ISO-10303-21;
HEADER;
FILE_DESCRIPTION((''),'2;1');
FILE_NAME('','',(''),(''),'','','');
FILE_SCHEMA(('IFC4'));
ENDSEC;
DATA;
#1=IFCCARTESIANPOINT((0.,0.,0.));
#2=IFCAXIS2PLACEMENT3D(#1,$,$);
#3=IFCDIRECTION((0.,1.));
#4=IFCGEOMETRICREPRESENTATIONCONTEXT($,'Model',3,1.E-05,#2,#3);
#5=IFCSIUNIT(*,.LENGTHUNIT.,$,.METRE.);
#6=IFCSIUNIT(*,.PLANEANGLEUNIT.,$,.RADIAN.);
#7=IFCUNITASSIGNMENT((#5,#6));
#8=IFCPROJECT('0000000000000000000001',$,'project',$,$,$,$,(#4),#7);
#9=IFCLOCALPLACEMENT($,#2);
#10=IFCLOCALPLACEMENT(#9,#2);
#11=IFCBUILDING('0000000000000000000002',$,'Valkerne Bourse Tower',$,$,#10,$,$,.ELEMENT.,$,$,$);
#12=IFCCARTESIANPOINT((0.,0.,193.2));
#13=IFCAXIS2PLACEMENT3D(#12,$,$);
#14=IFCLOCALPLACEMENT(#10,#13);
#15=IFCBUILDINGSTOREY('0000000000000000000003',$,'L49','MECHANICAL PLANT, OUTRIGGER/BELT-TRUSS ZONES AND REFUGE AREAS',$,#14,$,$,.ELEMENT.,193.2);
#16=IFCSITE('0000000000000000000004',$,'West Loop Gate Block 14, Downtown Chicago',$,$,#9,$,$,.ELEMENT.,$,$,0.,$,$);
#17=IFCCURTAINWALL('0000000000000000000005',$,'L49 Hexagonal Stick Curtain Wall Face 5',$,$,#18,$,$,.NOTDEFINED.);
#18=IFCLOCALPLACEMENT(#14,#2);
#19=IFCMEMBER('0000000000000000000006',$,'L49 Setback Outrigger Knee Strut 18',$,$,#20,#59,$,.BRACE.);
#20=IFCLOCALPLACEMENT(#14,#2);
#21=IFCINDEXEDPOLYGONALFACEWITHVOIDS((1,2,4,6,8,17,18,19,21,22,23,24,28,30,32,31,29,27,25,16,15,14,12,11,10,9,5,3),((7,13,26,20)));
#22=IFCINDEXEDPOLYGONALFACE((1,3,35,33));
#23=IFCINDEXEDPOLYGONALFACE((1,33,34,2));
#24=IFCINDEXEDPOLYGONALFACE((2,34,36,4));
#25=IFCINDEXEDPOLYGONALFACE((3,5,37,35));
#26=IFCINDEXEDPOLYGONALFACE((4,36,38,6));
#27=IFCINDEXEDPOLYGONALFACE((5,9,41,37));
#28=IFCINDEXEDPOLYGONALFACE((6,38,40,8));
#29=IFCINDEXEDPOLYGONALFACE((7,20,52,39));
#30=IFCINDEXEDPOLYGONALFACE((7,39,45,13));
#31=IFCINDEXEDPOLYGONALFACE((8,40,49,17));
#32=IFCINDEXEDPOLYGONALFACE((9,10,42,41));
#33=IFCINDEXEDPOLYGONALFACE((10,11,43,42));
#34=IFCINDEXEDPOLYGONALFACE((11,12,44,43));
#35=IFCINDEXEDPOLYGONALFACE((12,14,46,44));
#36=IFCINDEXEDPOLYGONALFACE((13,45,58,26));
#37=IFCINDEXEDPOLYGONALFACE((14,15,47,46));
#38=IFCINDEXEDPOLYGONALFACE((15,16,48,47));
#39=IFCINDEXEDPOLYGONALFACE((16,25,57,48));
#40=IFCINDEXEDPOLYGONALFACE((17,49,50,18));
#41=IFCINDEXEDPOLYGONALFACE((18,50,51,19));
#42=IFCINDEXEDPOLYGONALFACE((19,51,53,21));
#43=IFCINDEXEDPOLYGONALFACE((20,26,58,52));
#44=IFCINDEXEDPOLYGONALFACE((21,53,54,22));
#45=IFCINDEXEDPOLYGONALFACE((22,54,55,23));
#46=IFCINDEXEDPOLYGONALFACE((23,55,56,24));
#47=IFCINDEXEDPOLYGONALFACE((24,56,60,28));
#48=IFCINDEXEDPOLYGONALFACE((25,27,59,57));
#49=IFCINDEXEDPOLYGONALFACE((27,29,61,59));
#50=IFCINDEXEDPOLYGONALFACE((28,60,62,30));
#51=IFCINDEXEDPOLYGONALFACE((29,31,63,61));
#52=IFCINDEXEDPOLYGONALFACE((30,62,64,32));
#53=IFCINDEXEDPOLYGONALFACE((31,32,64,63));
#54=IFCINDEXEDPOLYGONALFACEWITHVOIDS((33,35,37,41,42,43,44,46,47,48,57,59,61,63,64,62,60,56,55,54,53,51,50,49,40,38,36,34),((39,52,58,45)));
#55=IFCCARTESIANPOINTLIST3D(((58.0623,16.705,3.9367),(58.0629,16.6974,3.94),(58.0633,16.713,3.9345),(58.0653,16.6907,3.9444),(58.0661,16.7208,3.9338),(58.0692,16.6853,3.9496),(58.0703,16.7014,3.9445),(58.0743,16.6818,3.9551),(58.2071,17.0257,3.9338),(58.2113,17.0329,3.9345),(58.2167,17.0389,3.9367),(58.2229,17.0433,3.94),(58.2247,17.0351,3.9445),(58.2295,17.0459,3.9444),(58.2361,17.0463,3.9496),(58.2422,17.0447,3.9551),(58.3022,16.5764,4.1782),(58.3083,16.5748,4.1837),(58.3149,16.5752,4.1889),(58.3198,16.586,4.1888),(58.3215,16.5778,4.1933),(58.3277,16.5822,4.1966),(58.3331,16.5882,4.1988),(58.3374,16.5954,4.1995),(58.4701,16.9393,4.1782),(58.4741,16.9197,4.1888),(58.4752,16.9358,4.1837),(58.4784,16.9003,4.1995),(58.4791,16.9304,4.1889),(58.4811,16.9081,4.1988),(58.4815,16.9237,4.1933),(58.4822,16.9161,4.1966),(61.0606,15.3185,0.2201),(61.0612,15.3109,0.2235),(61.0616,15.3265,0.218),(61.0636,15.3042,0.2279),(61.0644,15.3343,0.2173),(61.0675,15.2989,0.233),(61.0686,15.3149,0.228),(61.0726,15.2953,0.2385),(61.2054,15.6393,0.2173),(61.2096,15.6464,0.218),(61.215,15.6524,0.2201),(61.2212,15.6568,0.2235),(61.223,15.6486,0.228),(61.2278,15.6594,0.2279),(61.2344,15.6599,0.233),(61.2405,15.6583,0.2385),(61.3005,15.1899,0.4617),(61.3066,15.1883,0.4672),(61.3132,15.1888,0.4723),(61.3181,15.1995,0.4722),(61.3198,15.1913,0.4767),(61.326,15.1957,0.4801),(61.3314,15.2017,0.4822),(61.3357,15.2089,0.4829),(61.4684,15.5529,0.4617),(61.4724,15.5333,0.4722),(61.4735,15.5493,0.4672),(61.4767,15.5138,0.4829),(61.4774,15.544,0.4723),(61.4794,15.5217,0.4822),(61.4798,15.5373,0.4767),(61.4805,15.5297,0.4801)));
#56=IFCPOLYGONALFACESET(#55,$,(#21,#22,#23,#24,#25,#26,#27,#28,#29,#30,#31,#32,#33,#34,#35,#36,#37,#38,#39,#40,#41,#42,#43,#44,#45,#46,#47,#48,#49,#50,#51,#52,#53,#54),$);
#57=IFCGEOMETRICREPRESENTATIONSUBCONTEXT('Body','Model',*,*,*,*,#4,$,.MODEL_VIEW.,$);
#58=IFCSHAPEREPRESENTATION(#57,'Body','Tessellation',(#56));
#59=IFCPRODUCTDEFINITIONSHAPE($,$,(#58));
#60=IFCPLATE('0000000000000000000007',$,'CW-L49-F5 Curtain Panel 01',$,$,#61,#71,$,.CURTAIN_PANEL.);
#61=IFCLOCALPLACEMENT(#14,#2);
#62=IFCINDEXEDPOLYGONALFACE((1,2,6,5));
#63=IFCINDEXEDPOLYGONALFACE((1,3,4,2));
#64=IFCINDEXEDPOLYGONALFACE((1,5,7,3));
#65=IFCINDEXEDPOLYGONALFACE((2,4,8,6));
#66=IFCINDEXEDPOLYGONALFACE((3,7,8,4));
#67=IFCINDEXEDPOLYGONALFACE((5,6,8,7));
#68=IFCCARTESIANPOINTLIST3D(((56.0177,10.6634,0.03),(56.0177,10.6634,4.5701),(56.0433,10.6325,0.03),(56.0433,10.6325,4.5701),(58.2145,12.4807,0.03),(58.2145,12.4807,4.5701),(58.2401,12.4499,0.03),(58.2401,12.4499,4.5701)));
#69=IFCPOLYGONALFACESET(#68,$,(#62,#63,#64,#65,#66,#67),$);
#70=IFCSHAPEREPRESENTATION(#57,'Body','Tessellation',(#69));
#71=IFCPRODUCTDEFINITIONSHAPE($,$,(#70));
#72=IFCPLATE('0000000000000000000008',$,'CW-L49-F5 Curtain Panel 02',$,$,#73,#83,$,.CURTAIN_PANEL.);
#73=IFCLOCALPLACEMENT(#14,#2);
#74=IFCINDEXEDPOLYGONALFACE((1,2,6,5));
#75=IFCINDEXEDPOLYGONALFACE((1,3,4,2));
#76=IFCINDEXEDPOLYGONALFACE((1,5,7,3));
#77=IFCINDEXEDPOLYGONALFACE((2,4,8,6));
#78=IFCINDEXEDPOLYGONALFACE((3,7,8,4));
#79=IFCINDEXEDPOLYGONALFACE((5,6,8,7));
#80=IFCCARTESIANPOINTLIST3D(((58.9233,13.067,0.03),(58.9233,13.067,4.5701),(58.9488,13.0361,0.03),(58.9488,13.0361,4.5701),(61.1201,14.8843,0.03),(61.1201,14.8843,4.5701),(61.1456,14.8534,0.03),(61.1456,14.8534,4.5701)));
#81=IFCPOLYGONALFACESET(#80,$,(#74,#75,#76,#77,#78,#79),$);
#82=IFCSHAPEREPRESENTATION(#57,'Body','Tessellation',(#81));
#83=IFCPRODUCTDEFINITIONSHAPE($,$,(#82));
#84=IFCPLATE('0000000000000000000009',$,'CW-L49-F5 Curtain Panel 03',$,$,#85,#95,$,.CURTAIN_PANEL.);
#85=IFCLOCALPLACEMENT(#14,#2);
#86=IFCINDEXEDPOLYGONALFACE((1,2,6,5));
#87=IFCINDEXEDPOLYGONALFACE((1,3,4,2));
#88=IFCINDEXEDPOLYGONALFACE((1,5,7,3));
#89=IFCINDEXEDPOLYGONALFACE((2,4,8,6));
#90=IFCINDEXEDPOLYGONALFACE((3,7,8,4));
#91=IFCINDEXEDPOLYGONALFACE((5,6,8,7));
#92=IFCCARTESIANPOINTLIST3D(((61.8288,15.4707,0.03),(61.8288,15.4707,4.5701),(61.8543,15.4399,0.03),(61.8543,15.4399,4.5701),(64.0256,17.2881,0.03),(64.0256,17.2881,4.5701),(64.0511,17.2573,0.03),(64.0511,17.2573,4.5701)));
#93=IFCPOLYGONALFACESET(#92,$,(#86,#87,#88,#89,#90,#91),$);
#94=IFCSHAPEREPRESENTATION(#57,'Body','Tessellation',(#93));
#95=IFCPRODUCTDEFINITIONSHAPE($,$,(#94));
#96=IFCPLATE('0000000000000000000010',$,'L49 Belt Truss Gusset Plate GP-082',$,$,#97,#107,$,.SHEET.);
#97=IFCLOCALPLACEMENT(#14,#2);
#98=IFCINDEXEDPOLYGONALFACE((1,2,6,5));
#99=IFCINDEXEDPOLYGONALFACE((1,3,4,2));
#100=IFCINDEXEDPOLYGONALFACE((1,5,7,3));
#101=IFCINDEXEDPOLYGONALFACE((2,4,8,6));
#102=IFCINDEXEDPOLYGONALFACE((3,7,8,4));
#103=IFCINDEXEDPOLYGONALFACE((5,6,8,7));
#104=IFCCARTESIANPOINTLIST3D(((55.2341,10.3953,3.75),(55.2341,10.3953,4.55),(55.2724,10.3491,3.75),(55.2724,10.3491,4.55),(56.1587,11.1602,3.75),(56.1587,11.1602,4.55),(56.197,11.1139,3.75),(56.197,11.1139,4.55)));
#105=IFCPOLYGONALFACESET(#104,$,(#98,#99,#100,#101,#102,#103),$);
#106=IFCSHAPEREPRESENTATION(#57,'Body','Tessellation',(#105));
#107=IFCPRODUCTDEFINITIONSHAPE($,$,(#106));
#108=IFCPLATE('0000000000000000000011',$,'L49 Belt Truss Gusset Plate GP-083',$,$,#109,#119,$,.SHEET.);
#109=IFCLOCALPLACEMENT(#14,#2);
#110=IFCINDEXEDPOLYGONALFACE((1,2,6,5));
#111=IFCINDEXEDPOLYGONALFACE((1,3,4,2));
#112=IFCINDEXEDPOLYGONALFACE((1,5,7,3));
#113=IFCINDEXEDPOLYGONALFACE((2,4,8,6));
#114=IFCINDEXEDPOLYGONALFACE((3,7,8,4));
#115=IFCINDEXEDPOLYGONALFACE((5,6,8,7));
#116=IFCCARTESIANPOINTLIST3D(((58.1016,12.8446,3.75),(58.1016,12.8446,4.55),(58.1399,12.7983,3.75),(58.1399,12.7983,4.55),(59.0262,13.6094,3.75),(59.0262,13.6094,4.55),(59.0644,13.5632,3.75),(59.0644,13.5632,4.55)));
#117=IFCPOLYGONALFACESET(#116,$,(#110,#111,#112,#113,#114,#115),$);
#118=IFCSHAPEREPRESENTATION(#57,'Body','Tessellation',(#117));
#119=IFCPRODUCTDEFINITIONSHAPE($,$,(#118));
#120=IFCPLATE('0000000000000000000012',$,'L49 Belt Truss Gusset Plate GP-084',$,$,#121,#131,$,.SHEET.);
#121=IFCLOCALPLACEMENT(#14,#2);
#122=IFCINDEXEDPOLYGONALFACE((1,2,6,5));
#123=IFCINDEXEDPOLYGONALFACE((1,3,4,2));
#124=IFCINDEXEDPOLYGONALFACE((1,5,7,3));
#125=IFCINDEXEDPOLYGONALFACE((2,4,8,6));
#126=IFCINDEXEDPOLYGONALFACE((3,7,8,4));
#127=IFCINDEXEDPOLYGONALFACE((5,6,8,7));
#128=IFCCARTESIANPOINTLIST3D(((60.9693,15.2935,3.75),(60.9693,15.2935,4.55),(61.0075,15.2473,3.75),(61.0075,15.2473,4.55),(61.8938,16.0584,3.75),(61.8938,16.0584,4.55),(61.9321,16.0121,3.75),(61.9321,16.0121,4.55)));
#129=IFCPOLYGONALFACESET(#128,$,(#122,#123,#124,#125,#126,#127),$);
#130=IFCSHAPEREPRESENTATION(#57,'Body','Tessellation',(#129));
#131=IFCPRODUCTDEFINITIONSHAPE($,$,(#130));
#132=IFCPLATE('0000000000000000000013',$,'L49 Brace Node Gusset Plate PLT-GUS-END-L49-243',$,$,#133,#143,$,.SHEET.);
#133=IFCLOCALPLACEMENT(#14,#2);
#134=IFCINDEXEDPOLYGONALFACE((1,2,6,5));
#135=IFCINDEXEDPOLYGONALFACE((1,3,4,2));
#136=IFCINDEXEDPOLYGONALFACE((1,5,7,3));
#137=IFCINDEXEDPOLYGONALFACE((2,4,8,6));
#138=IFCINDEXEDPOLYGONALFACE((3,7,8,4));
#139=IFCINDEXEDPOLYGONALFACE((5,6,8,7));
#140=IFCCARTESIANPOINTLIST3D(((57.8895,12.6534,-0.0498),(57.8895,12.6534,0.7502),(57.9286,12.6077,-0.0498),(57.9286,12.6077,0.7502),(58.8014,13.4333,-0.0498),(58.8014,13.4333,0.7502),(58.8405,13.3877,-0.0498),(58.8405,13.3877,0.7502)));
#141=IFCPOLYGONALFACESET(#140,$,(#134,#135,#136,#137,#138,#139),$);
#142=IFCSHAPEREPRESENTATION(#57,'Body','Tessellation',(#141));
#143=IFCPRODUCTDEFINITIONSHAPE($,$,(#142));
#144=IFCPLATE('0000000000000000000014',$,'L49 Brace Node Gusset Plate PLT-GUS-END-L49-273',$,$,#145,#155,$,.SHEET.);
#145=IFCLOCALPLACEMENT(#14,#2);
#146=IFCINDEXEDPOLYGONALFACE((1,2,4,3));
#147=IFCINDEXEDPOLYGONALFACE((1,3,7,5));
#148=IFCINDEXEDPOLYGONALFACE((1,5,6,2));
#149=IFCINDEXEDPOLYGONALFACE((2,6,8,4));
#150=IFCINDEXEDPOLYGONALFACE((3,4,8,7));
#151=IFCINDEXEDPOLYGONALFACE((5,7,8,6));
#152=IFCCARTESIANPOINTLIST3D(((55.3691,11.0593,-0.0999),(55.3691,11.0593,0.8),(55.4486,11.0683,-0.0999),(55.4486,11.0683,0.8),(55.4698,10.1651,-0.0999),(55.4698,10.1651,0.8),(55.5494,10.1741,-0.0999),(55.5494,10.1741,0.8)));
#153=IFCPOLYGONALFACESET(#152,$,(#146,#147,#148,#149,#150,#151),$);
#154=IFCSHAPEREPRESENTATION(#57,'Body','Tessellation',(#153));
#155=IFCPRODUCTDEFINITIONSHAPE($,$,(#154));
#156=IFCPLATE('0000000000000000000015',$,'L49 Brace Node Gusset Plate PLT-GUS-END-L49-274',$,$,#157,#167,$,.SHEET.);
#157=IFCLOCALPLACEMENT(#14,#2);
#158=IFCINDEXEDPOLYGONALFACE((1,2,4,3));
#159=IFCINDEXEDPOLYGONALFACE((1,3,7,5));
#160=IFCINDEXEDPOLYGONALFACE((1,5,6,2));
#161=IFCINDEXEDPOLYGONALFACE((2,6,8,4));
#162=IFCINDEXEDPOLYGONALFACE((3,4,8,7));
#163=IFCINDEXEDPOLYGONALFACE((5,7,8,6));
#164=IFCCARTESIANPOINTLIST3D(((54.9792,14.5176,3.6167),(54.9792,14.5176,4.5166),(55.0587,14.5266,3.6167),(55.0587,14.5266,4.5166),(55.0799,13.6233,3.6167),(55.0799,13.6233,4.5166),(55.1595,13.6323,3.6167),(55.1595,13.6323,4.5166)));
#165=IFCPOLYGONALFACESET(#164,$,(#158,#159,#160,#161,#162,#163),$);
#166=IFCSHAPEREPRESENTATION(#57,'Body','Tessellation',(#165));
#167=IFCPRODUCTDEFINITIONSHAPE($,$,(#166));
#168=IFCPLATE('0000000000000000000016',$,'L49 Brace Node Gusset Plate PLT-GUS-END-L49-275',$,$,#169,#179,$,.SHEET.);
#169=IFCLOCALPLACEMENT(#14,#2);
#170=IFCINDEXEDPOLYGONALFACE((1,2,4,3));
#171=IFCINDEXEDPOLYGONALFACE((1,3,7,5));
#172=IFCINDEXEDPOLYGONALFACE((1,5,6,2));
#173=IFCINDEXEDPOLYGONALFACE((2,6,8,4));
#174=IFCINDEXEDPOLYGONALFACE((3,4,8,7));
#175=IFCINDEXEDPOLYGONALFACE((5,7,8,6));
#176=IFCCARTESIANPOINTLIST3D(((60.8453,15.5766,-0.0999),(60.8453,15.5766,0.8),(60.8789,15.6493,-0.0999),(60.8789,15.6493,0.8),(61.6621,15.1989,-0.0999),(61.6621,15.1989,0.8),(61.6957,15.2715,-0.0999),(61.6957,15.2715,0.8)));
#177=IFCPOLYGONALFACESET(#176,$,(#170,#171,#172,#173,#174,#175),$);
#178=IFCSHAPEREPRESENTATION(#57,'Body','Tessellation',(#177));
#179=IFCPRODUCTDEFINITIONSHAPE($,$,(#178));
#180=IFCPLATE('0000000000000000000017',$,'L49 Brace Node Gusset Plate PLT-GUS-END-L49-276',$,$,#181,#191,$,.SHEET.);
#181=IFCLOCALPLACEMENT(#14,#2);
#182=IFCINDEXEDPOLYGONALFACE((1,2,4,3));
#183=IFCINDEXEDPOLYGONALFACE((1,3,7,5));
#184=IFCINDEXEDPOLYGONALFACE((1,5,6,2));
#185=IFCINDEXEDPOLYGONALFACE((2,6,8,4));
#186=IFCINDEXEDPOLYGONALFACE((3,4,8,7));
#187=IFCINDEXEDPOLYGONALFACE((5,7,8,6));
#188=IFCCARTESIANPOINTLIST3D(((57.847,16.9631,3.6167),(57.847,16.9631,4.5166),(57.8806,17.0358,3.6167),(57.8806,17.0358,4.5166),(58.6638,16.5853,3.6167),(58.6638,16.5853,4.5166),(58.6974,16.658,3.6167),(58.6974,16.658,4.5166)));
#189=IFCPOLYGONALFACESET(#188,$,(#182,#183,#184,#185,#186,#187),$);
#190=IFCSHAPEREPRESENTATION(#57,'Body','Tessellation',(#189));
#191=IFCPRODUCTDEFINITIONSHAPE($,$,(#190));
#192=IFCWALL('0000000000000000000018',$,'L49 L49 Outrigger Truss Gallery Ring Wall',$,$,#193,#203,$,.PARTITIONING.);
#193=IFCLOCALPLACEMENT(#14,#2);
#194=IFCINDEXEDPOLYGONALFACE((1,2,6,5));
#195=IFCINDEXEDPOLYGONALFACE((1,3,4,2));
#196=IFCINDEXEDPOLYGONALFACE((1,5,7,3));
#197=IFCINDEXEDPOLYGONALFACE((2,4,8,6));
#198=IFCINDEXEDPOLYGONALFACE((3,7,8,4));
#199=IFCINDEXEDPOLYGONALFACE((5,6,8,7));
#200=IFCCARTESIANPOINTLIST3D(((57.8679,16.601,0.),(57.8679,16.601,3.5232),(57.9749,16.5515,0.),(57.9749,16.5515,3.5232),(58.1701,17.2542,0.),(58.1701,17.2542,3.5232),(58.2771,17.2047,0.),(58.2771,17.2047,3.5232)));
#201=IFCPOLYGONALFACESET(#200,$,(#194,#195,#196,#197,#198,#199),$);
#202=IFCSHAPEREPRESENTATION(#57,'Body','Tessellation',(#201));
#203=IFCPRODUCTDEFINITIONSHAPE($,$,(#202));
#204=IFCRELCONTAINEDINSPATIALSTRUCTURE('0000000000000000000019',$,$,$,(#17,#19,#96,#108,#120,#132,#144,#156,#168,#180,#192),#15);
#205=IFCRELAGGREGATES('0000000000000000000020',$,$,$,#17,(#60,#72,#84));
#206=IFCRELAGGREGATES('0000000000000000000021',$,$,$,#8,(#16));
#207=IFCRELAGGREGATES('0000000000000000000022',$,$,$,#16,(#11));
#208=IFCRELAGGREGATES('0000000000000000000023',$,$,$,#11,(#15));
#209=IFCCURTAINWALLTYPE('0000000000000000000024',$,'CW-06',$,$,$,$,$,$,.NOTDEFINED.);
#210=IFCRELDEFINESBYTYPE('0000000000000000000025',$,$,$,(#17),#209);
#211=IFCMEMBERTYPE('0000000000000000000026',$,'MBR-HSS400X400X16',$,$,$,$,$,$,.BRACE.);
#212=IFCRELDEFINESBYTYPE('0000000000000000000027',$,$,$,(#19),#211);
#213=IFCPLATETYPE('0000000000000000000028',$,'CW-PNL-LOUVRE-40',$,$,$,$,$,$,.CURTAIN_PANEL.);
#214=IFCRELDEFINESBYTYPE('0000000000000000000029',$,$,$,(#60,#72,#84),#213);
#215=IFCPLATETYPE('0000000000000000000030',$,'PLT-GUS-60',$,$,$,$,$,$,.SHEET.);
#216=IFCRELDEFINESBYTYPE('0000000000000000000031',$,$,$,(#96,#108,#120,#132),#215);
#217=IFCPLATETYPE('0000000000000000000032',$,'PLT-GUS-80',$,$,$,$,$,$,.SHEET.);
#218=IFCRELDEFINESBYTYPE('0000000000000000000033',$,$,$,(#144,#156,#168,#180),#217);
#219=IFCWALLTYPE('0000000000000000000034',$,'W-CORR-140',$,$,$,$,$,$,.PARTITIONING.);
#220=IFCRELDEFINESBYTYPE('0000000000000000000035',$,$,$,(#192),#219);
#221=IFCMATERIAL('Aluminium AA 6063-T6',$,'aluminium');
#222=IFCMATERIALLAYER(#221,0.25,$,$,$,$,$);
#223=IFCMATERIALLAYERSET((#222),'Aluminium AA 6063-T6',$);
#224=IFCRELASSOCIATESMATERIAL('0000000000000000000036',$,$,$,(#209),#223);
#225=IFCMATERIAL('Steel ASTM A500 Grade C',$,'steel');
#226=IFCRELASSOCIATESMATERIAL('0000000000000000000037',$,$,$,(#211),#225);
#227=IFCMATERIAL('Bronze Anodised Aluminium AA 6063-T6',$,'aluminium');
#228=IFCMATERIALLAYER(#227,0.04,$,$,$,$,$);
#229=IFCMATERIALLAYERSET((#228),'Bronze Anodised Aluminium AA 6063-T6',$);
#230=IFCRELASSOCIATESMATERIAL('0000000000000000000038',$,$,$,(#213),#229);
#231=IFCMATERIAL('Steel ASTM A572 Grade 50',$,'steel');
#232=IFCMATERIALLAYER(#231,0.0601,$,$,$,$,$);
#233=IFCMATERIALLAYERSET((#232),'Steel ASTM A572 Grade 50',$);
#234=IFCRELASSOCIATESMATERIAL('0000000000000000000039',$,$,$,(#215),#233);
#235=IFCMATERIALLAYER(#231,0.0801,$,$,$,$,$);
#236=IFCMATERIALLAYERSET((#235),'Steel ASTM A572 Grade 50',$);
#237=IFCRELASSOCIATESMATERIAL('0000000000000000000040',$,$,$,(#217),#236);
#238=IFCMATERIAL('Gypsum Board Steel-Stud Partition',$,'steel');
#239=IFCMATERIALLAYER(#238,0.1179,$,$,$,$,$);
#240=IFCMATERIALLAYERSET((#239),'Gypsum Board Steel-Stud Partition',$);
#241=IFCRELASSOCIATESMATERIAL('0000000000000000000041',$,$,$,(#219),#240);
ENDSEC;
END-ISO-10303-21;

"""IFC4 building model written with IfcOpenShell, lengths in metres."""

from ifc_helpers import new_model, si_unit, direction, frame, frame_2d, origin, origin_2d, place, context, subcontext, project, spatial, rectangle, hollow_rectangle, extrude, material, layer, layer_set, material_profile, profile_set, type_object, element, aggregate, save


model = new_model("IFC4")

# Units and contexts
model_context = context("Model", 3, precision=1e-05, world=origin(), true_north=direction((0.0, 1.0)))
body_context = subcontext(model_context, "Body", "Model", "MODEL_VIEW")
ifc_project = project(units=[si_unit("LENGTHUNIT", "METRE"), si_unit("PLANEANGLEUNIT", "RADIAN")], contexts=[model_context])

# Site, building, storey
site_placement = place(None, origin())
site = spatial("IfcSite", under=ifc_project, at=site_placement, Name="West Loop Gate Block 14, Downtown Chicago", CompositionType="ELEMENT", RefElevation=0.0)
building_placement = place(site_placement, origin())
building = spatial("IfcBuilding", under=site, at=building_placement, Name="Valkerne Bourse Tower", CompositionType="ELEMENT")
storey_placement = place(building_placement, frame((0.0, 0.0, 193.2)))
storey = spatial("IfcBuildingStorey", under=building, at=storey_placement, Name="L49", Description="MECHANICAL PLANT, OUTRIGGER/BELT-TRUSS ZONES AND REFUGE AREAS", CompositionType="ELEMENT", Elevation=193.2)

# Curtain wall
ifc_material_1 = material(Name="Aluminium AA 6063-T6", Category="aluminium")
ifc_layer_1 = layer(ifc_material_1, 0.25)
ifc_layer_set_1 = layer_set([ifc_layer_1], Name="Aluminium AA 6063-T6")
curtain_wall_type = type_object("IfcCurtainWallType", Name="CW-06", PredefinedType="NOTDEFINED", material=ifc_layer_set_1)
curtain_wall_placement = place(storey_placement, origin())
curtain_wall = element("IfcCurtainWall", 1, at=curtain_wall_placement, inside=storey, type_object=curtain_wall_type, Name="L49 Hexagonal Stick Curtain Wall Face 5", PredefinedType="NOTDEFINED")

# Member
ifc_material_2 = material(Name="Steel ASTM A500 Grade C", Category="steel")
ifc_material_profile_1 = material_profile(ifc_material_2, hollow_rectangle(XDim=0.3999, YDim=0.3999, WallThickness=0.0161, OuterFilletRadius=0.032, at=origin_2d()), Name="HSS400X400X16")
ifc_profile_set_1 = profile_set([ifc_material_profile_1], Name="Steel ASTM A500 Grade C")
member_type_1 = type_object("IfcMemberType", Name="MBR-HSS400X400X16", PredefinedType="BRACE", material=ifc_profile_set_1)
member_1_placement = place(storey_placement, frame((61.2705, 15.4241, 0.3501), z_axis=(-0.602986, 0.278834, 0.747435), x_axis=(-0.419719, -0.907654, 0.0)))
element("IfcMember", 2, at=member_1_placement, inside=storey, type_object=member_type_1, Name="L49 Setback Outrigger Knee Strut 18", PredefinedType="BRACE", context=body_context, shape_type="SweptSolid", body=[
    extrude(hollow_rectangle(XDim=0.3999, YDim=0.3999, WallThickness=0.0161, OuterFilletRadius=0.032, at=origin_2d()), origin(), (0.0, 0.0, 1.0), 4.9724),
])

# Plates
ifc_material_3 = material(Name="Bronze Anodised Aluminium AA 6063-T6", Category="aluminium")
ifc_layer_2 = layer(ifc_material_3, 0.04)
ifc_layer_set_2 = layer_set([ifc_layer_2], Name="Bronze Anodised Aluminium AA 6063-T6")
plate_type_1 = type_object("IfcPlateType", Name="CW-PNL-LOUVRE-40", PredefinedType="CURTAIN_PANEL", material=ifc_layer_set_2)
plate_1_placement = place(storey_placement, frame((57.1289, 11.5566, 0.03), z_axis=(0.0, 0.0, 1.0), x_axis=(0.770516, 0.637421, 0.0)))
plate_1 = element("IfcPlate", 3, at=plate_1_placement, type_object=plate_type_1, Name="CW-L49-F5 Curtain Panel 01", PredefinedType="CURTAIN_PANEL", context=body_context, shape_type="SweptSolid", body=[
    extrude(rectangle(XDim=2.8511, YDim=0.04, at=origin_2d()), origin(), (0.0, 0.0, 1.0), 4.54),
])
plate_2_placement = place(storey_placement, frame((60.0344, 13.9602, 0.03), z_axis=(0.0, 0.0, 1.0), x_axis=(0.770516, 0.637421, 0.0)))
plate_2 = element("IfcPlate", 4, at=plate_2_placement, type_object=plate_type_1, Name="CW-L49-F5 Curtain Panel 02", PredefinedType="CURTAIN_PANEL", context=body_context, shape_type="SweptSolid", body=[
    extrude(rectangle(XDim=2.8511, YDim=0.04, at=origin_2d()), origin(), (0.0, 0.0, 1.0), 4.54),
])
plate_3_placement = place(storey_placement, frame((62.9399, 16.364, 0.03), z_axis=(0.0, 0.0, 1.0), x_axis=(0.770503, 0.637436, 0.0)))
plate_3 = element("IfcPlate", 5, at=plate_3_placement, type_object=plate_type_1, Name="CW-L49-F5 Curtain Panel 03", PredefinedType="CURTAIN_PANEL", context=body_context, shape_type="SweptSolid", body=[
    extrude(rectangle(XDim=2.8511, YDim=0.04, at=origin_2d()), origin(), (0.0, 0.0, 1.0), 4.54),
])
aggregate(curtain_wall, [plate_1, plate_2, plate_3])

# Plates
ifc_material_4 = material(Name="Steel ASTM A572 Grade 50", Category="steel")
ifc_layer_3 = layer(ifc_material_4, 0.0601)
ifc_layer_set_3 = layer_set([ifc_layer_3], Name="Steel ASTM A572 Grade 50")
plate_type_2 = type_object("IfcPlateType", Name="PLT-GUS-60", PredefinedType="SHEET", material=ifc_layer_set_3)
for number, where, z_axis, x_axis, name in (
    (6, (55.7156, 10.7546, 3.75), (0.0, 0.0, 1.0), (0.770513, 0.637424, 0.0), "L49 Belt Truss Gusset Plate GP-082"),
    (7, (58.583, 13.2039, 3.75), (0.0, 0.0, 1.0), (0.770513, 0.637424, 0.0), "L49 Belt Truss Gusset Plate GP-083"),
    (8, (61.4507, 15.6528, 3.75), (0.0, 0.0, 1.0), (0.770513, 0.637424, 0.0), "L49 Belt Truss Gusset Plate GP-084"),
    (9, (58.365, 13.0205, -0.0498), (0.0, 0.0, 1.0), (-0.759952, -0.649979, 0.0), "L49 Brace Node Gusset Plate PLT-GUS-END-L49-243"),
):
    element("IfcPlate", number, at=place(storey_placement, frame(where, z_axis=z_axis, x_axis=x_axis)), inside=storey, type_object=plate_type_2, Name=name, PredefinedType="SHEET", context=body_context, shape_type="SweptSolid", body=[
        extrude(rectangle(XDim=1.2, YDim=0.0601, at=origin_2d()), origin(), (0.0, 0.0, 1.0), 0.8),
    ])
ifc_layer_4 = layer(ifc_material_4, 0.0801)
ifc_layer_set_4 = layer_set([ifc_layer_4], Name="Steel ASTM A572 Grade 50")
plate_type_3 = type_object("IfcPlateType", Name="PLT-GUS-80", PredefinedType="SHEET", material=ifc_layer_set_4)
for number, where, z_axis, x_axis, name in (
    (10, (55.4592, 10.6167, -0.0999), (0.0, 0.0, 1.0), (-0.111989, 0.993709, 0.0), "L49 Brace Node Gusset Plate PLT-GUS-END-L49-273"),
    (11, (55.0693, 14.075, 3.6167), (0.0, 0.0, 1.0), (-0.111989, 0.993709, 0.0), "L49 Brace Node Gusset Plate PLT-GUS-END-L49-274"),
    (12, (61.2705, 15.4241, -0.0999), (0.0, 0.0, 1.0), (-0.907631, 0.419769, 0.0), "L49 Brace Node Gusset Plate PLT-GUS-END-L49-275"),
    (13, (58.2722, 16.8105, 3.6167), (0.0, 0.0, 1.0), (-0.907631, 0.419769, 0.0), "L49 Brace Node Gusset Plate PLT-GUS-END-L49-276"),
):
    element("IfcPlate", number, at=place(storey_placement, frame(where, z_axis=z_axis, x_axis=x_axis)), inside=storey, type_object=plate_type_3, Name=name, PredefinedType="SHEET", context=body_context, shape_type="SweptSolid", body=[
        extrude(rectangle(XDim=0.8999, YDim=0.0801, at=origin_2d()), origin(), (0.0, 0.0, 1.0), 0.8999),
    ])

# Wall
ifc_material_5 = material(Name="Gypsum Board Steel-Stud Partition", Category="steel")
ifc_layer_5 = layer(ifc_material_5, 0.1179)
ifc_layer_set_5 = layer_set([ifc_layer_5], Name="Gypsum Board Steel-Stud Partition")
wall_type = type_object("IfcWallType", Name="W-CORR-140", PredefinedType="PARTITIONING", material=ifc_layer_set_5)
wall_1_placement = place(storey_placement, frame((58.2236, 17.2295, 0.0), z_axis=(0.0, 0.0, 1.0), x_axis=(-0.419875, -0.907582, 0.0)))
element("IfcWall", 14, at=wall_1_placement, inside=storey, type_object=wall_type, Name="L49 L49 Outrigger Truss Gallery Ring Wall", PredefinedType="PARTITIONING", context=body_context, shape_type="SweptSolid", body=[
    extrude(rectangle(XDim=0.7197, YDim=0.1179, at=frame_2d((0.3599, 0.0))), origin(), (0.0, 0.0, 1.0), 3.5232),
])

save(model, "model.ifc")
